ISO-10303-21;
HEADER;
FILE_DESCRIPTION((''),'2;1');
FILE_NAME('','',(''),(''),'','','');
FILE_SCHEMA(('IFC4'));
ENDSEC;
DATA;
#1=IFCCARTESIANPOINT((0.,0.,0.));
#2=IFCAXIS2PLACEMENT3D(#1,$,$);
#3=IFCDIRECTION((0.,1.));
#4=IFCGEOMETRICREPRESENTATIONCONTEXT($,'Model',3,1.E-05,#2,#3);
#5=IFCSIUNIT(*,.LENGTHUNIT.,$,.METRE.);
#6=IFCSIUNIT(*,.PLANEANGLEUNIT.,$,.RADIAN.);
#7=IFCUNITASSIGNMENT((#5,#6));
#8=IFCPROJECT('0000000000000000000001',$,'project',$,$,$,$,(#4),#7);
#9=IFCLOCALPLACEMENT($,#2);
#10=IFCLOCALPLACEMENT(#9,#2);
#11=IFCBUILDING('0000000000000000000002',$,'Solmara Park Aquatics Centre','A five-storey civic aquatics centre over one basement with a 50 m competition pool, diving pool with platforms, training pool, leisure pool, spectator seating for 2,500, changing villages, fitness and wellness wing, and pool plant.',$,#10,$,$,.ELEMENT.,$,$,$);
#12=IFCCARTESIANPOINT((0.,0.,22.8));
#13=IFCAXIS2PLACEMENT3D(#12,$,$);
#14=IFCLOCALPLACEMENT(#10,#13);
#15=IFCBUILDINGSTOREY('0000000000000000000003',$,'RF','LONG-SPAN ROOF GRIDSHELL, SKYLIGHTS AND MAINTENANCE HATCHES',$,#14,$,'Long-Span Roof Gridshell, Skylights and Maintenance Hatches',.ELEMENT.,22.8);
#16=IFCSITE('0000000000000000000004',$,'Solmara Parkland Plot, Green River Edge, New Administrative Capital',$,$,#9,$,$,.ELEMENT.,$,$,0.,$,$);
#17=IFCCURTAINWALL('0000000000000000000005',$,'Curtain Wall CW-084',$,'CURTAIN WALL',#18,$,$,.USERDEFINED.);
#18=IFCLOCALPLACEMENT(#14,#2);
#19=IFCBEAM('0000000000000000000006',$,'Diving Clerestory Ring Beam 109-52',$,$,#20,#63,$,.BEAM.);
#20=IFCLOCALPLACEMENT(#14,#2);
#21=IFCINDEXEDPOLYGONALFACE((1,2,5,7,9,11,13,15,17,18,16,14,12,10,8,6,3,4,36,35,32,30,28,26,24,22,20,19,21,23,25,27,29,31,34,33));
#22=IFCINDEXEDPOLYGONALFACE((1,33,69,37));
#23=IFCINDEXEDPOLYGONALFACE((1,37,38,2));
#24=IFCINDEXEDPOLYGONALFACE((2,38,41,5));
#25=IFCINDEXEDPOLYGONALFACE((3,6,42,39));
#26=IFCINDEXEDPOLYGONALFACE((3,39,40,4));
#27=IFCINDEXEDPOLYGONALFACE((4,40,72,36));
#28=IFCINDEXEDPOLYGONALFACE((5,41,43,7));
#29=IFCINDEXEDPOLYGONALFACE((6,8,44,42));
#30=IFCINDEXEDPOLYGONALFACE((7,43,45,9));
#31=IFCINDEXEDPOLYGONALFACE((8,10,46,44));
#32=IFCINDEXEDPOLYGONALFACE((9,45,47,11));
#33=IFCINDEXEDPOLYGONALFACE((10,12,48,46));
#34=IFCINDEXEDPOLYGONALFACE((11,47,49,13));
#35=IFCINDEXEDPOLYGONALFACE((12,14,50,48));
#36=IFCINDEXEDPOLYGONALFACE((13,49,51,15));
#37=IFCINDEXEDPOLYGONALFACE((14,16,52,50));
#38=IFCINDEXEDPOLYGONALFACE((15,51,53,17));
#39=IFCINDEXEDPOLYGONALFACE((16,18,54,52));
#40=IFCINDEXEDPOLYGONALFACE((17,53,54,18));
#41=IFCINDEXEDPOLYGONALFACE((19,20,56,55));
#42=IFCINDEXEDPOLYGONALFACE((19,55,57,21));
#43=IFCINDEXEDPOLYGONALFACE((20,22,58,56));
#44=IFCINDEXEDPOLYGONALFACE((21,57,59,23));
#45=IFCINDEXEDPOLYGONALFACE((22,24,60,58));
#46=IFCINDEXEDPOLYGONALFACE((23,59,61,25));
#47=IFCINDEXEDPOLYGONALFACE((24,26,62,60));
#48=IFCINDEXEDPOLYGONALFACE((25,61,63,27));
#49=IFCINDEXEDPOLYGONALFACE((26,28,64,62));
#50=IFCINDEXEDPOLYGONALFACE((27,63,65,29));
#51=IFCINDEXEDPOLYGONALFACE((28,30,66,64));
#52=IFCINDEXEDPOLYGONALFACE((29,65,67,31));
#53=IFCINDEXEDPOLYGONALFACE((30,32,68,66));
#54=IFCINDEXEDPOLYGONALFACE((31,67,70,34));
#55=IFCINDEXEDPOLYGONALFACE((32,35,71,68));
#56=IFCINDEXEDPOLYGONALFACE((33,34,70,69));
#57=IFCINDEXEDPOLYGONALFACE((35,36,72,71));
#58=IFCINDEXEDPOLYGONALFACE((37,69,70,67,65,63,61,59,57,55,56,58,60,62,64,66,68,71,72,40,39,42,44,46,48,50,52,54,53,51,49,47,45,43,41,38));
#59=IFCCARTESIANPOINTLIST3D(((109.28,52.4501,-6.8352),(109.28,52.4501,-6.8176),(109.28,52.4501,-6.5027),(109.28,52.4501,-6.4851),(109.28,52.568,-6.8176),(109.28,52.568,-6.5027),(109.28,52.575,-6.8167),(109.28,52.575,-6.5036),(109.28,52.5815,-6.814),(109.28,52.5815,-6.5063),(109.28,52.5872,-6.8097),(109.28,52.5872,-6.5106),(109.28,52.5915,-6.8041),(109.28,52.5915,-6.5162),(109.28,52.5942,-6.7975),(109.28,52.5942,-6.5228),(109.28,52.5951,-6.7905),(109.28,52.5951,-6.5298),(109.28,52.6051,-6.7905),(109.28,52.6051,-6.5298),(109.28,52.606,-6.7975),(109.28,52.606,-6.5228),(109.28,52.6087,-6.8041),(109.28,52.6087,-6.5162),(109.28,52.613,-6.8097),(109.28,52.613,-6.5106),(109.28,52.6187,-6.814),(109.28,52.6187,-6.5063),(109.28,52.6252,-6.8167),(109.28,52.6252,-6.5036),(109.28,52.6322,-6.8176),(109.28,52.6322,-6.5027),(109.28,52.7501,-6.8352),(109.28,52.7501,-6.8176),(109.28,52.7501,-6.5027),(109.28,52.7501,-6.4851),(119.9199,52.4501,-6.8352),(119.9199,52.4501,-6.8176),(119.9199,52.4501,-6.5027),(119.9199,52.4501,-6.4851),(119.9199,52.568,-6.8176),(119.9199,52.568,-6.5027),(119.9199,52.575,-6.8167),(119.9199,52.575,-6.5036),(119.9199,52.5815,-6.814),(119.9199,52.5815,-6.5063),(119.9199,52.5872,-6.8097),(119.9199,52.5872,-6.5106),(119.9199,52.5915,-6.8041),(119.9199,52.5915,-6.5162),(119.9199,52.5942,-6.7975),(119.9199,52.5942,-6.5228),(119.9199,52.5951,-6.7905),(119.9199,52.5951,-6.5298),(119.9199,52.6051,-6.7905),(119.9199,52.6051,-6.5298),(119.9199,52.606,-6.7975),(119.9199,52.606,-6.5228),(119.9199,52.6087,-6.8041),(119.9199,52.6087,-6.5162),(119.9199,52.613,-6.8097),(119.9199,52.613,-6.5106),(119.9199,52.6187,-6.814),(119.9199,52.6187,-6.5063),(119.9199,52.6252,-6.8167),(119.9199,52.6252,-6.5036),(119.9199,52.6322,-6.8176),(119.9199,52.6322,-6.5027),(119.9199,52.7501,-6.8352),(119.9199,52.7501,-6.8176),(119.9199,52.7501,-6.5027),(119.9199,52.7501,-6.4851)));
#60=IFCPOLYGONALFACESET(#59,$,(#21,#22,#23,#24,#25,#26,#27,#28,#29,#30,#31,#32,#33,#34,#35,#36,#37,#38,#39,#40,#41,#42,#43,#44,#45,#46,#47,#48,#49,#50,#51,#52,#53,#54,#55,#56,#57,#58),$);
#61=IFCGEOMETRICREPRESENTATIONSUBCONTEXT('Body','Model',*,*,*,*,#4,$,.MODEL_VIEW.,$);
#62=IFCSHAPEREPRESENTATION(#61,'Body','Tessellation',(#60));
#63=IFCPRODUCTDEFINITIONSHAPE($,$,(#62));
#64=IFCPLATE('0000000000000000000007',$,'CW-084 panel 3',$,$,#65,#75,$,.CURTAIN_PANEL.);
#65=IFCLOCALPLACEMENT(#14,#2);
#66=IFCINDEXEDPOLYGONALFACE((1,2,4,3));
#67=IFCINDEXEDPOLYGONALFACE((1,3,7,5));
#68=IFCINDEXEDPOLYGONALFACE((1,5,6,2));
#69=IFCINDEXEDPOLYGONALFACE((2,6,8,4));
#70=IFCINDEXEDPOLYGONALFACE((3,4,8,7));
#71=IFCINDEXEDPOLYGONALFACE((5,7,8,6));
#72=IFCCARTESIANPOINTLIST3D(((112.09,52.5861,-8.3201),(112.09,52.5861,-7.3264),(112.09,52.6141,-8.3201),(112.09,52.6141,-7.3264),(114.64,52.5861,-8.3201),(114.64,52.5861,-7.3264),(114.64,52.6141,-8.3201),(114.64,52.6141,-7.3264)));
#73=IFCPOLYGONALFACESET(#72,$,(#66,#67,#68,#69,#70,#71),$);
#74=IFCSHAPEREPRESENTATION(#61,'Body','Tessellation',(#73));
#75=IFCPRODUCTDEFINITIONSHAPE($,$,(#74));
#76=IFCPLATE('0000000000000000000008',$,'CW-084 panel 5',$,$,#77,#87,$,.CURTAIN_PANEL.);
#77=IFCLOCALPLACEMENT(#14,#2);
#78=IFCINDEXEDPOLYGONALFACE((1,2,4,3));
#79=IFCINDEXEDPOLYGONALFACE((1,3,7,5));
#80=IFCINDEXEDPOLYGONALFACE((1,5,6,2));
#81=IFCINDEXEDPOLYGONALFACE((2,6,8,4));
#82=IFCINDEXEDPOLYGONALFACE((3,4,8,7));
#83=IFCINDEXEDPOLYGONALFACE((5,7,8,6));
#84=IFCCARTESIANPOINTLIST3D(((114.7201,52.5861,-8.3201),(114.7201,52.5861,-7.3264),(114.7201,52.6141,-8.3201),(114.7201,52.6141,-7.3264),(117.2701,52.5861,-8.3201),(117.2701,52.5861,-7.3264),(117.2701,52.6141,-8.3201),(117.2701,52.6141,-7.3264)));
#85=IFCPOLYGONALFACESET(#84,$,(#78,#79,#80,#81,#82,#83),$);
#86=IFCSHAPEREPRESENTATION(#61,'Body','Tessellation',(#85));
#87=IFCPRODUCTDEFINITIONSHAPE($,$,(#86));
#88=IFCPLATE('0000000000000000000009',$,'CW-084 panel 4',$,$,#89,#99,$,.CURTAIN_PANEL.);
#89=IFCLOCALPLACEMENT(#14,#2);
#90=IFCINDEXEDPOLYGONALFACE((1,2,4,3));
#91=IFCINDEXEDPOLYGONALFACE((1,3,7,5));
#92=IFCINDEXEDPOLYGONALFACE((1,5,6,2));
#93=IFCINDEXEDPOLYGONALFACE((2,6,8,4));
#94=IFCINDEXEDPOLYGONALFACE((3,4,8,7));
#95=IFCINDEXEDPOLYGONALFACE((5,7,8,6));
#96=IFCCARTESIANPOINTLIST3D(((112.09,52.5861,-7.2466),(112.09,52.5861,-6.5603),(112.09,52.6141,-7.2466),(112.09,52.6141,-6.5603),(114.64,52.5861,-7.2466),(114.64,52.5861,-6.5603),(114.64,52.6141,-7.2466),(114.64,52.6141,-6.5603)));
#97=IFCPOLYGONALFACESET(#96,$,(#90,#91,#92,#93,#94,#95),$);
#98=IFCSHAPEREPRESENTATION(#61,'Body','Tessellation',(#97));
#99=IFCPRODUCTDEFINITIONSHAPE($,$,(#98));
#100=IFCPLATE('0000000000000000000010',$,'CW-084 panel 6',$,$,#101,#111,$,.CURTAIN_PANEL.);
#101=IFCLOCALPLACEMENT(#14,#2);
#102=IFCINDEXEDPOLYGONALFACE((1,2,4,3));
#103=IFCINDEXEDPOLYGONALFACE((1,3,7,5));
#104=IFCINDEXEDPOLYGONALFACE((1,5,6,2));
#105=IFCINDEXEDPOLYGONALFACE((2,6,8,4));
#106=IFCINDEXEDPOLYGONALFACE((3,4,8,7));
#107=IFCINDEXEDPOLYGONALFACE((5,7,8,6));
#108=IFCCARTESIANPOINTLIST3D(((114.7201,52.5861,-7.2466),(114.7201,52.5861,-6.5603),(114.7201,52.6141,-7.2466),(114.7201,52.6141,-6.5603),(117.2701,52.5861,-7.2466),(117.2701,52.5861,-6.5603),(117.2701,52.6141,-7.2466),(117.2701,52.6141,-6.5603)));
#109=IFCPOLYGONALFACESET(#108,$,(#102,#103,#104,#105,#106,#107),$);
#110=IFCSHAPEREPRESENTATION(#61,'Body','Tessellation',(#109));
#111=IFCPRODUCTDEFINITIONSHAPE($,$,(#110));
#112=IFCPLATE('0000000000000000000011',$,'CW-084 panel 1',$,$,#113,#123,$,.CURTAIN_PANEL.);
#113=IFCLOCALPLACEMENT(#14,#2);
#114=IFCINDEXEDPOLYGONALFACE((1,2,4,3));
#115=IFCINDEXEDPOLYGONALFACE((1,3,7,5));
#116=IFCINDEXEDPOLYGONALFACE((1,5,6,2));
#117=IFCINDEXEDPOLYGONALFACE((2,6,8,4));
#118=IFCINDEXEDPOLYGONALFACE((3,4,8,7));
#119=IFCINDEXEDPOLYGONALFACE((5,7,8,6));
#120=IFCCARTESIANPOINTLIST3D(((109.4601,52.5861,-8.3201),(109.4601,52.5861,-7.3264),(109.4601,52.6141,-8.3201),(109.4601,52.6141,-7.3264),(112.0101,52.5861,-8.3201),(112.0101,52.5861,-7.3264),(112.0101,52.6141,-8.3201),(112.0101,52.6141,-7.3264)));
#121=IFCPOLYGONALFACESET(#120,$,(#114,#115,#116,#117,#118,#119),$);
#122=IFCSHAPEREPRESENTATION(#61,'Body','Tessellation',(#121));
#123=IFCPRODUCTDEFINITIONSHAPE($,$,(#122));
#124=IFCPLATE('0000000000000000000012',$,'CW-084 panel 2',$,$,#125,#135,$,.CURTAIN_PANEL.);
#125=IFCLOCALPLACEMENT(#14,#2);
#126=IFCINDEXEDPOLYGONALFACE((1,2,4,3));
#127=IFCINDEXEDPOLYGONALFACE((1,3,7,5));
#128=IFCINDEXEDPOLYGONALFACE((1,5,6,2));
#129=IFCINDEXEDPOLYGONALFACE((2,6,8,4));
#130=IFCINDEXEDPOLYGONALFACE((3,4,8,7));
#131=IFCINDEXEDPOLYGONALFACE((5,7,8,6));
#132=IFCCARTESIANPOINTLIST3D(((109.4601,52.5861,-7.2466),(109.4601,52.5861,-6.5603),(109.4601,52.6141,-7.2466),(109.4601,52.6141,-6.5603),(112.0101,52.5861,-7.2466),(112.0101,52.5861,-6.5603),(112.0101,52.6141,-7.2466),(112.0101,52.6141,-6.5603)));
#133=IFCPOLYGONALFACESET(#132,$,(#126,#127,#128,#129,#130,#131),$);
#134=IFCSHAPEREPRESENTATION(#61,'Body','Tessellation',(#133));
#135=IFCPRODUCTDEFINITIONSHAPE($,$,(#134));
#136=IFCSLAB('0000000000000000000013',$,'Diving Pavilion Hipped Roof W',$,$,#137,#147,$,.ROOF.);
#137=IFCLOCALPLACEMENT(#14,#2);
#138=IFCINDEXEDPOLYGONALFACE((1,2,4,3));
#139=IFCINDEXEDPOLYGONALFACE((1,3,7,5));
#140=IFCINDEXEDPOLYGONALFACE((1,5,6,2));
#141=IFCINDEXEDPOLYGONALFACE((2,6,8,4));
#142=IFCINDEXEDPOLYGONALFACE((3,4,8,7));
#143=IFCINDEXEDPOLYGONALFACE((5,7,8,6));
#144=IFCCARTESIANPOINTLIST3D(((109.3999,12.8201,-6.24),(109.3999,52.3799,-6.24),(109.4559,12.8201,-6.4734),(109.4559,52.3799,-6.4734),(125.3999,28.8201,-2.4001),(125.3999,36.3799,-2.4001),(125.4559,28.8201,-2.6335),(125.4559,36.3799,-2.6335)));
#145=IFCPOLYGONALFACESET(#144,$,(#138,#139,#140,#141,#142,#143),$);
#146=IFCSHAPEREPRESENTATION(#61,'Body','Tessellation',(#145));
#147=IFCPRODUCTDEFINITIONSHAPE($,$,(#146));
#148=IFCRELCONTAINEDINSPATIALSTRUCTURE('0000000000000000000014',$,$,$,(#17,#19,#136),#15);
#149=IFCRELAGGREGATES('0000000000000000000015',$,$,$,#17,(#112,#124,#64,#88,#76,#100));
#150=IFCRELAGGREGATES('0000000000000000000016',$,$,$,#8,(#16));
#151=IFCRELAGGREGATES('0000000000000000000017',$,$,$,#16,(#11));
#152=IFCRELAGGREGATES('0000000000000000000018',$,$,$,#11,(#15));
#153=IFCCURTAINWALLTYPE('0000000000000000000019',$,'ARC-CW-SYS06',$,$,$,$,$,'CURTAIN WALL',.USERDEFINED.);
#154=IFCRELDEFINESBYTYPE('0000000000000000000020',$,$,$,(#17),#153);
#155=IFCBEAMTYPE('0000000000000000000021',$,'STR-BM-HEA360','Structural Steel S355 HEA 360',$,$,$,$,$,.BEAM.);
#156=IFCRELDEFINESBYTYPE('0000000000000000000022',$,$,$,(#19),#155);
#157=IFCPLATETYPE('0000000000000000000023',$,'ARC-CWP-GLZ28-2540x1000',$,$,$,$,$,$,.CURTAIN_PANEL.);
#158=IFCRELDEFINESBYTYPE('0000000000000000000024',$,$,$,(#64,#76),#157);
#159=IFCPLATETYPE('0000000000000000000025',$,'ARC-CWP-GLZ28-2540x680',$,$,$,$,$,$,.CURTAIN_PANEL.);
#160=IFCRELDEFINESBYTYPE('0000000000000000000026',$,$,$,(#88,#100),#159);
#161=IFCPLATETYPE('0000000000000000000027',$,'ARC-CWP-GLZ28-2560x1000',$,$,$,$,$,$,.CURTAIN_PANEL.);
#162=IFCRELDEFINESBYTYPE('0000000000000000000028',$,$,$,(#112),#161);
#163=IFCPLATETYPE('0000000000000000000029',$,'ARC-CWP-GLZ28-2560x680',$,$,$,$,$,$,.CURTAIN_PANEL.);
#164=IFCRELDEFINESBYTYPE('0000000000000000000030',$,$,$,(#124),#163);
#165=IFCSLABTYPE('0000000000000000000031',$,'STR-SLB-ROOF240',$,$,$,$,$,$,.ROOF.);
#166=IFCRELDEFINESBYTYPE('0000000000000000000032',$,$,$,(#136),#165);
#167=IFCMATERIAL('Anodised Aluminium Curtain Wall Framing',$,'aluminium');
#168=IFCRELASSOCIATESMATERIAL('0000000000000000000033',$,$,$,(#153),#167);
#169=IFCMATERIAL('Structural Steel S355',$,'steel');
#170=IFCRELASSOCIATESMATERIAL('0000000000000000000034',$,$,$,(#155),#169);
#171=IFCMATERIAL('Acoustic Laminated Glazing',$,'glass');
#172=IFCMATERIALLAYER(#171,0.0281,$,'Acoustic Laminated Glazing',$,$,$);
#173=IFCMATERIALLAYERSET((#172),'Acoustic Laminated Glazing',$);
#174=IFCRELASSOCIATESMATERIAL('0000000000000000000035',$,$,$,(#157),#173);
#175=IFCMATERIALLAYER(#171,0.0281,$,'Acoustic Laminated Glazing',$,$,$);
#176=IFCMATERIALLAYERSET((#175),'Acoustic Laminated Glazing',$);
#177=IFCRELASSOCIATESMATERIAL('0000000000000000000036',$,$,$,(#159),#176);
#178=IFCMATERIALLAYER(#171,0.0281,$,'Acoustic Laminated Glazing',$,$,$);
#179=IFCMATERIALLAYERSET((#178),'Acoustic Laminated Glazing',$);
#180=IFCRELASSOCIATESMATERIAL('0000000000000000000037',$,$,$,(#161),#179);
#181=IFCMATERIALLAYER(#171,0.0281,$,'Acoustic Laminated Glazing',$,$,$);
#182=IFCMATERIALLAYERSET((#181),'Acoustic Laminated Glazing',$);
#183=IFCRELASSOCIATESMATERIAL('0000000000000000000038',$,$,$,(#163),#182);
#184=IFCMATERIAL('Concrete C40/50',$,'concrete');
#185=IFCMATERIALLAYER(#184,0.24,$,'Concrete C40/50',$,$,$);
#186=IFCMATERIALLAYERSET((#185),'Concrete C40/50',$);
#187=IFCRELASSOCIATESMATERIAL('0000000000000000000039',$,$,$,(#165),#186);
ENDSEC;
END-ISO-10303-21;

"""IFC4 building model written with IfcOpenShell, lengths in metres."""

from ifc_helpers import new_model, si_unit, direction, frame, origin, origin_2d, place, context, subcontext, project, spatial, polyline, rectangle, i_section, outline, extrude, material, layer, layer_set, material_profile, profile_set, type_object, element, aggregate, save


model = new_model("IFC4")

# Units and contexts
model_context = context("Model", 3, precision=1e-05, world=origin(), true_north=direction((0.0, 1.0)))
body_context = subcontext(model_context, "Body", "Model", "MODEL_VIEW")
ifc_project = project(units=[si_unit("LENGTHUNIT", "METRE"), si_unit("PLANEANGLEUNIT", "RADIAN")], contexts=[model_context])

# Site, building, storey
site_placement = place(None, origin())
site = spatial("IfcSite", under=ifc_project, at=site_placement, Name="Solmara Parkland Plot, Green River Edge, New Administrative Capital", CompositionType="ELEMENT", RefElevation=0.0)
building_placement = place(site_placement, origin())
building = spatial("IfcBuilding", under=site, at=building_placement, Name="Solmara Park Aquatics Centre", Description="A five-storey civic aquatics centre over one basement with a 50 m competition pool, diving pool with platforms, training pool, leisure pool, spectator seating for 2,500, changing villages, fitness and wellness wing, and pool plant.", CompositionType="ELEMENT")
storey_placement = place(building_placement, frame((0.0, 0.0, 22.8)))
storey = spatial("IfcBuildingStorey", under=building, at=storey_placement, Name="RF", Description="LONG-SPAN ROOF GRIDSHELL, SKYLIGHTS AND MAINTENANCE HATCHES", LongName="Long-Span Roof Gridshell, Skylights and Maintenance Hatches", CompositionType="ELEMENT", Elevation=22.8)

# Curtain wall
ifc_material_1 = material(Name="Anodised Aluminium Curtain Wall Framing", Category="aluminium")
curtain_wall_type = type_object("IfcCurtainWallType", Name="ARC-CW-SYS06", ElementType="CURTAIN WALL", PredefinedType="USERDEFINED", material=ifc_material_1)
curtain_wall_placement = place(storey_placement, origin())
curtain_wall = element("IfcCurtainWall", 1, at=curtain_wall_placement, inside=storey, type_object=curtain_wall_type, Name="Curtain Wall CW-084", ObjectType="CURTAIN WALL", PredefinedType="USERDEFINED")

# Beam
ifc_material_2 = material(Name="Structural Steel S355", Category="steel")
ifc_material_profile_1 = material_profile(ifc_material_2, i_section(OverallWidth=0.3, OverallDepth=0.3501, WebThickness=0.01, FlangeThickness=0.0176, FilletRadius=0.0271, at=origin_2d()), Name="HEA 360")
ifc_profile_set_1 = profile_set([ifc_material_profile_1], Name="Structural Steel S355")
beam_type = type_object("IfcBeamType", Name="STR-BM-HEA360", Description="Structural Steel S355 HEA 360", PredefinedType="BEAM", material=ifc_profile_set_1)
beam_placement = place(storey_placement, frame((109.28, 52.6001, -6.6602), z_axis=(1.0, 0.0, 0.0), x_axis=(0.0, 1.0, 0.0)))
element("IfcBeam", 2, at=beam_placement, inside=storey, type_object=beam_type, Name="Diving Clerestory Ring Beam 109-52", PredefinedType="BEAM", context=body_context, shape_type="SweptSolid", body=[
    extrude(i_section(OverallWidth=0.3, OverallDepth=0.3501, WebThickness=0.01, FlangeThickness=0.0176, FilletRadius=0.0271, at=origin_2d()), origin(), (0.0, 0.0, 1.0), 10.6399),
])

# Plates
ifc_material_3 = material(Name="Acoustic Laminated Glazing", Category="glass")
ifc_layer_1 = layer(ifc_material_3, 0.0281, Name="Acoustic Laminated Glazing")
ifc_layer_set_1 = layer_set([ifc_layer_1], Name="Acoustic Laminated Glazing")
plate_type_1 = type_object("IfcPlateType", Name="ARC-CWP-GLZ28-2540x1000", PredefinedType="CURTAIN_PANEL", material=ifc_layer_set_1)
plate_1_placement = place(storey_placement, frame((113.365, 52.6001, -8.3201), z_axis=(0.0, 0.0, 1.0), x_axis=(1.0, 0.0, 0.0)))
plate_1 = element("IfcPlate", 3, at=plate_1_placement, type_object=plate_type_1, Name="CW-084 panel 3", PredefinedType="CURTAIN_PANEL", context=body_context, shape_type="SweptSolid", body=[
    extrude(rectangle(XDim=2.55, YDim=0.0281, at=origin_2d()), origin(), (0.0, 0.0, 1.0), 0.9937),
])
plate_2_placement = place(storey_placement, frame((115.9951, 52.6001, -8.3201), z_axis=(0.0, 0.0, 1.0), x_axis=(1.0, 0.0, 0.0)))
plate_2 = element("IfcPlate", 4, at=plate_2_placement, type_object=plate_type_1, Name="CW-084 panel 5", PredefinedType="CURTAIN_PANEL", context=body_context, shape_type="SweptSolid", body=[
    extrude(rectangle(XDim=2.55, YDim=0.0281, at=origin_2d()), origin(), (0.0, 0.0, 1.0), 0.9937),
])
ifc_layer_2 = layer(ifc_material_3, 0.0281, Name="Acoustic Laminated Glazing")
ifc_layer_set_2 = layer_set([ifc_layer_2], Name="Acoustic Laminated Glazing")
plate_type_2 = type_object("IfcPlateType", Name="ARC-CWP-GLZ28-2540x680", PredefinedType="CURTAIN_PANEL", material=ifc_layer_set_2)
plate_3_placement = place(storey_placement, frame((113.365, 52.6001, -7.2466), z_axis=(0.0, 0.0, 1.0), x_axis=(1.0, 0.0, 0.0)))
plate_3 = element("IfcPlate", 5, at=plate_3_placement, type_object=plate_type_2, Name="CW-084 panel 4", PredefinedType="CURTAIN_PANEL", context=body_context, shape_type="SweptSolid", body=[
    extrude(rectangle(XDim=2.55, YDim=0.0281, at=origin_2d()), origin(), (0.0, 0.0, 1.0), 0.6863),
])
plate_4_placement = place(storey_placement, frame((115.9951, 52.6001, -7.2466), z_axis=(0.0, 0.0, 1.0), x_axis=(1.0, 0.0, 0.0)))
plate_4 = element("IfcPlate", 6, at=plate_4_placement, type_object=plate_type_2, Name="CW-084 panel 6", PredefinedType="CURTAIN_PANEL", context=body_context, shape_type="SweptSolid", body=[
    extrude(rectangle(XDim=2.55, YDim=0.0281, at=origin_2d()), origin(), (0.0, 0.0, 1.0), 0.6863),
])
ifc_layer_3 = layer(ifc_material_3, 0.0281, Name="Acoustic Laminated Glazing")
ifc_layer_set_3 = layer_set([ifc_layer_3], Name="Acoustic Laminated Glazing")
plate_type_3 = type_object("IfcPlateType", Name="ARC-CWP-GLZ28-2560x1000", PredefinedType="CURTAIN_PANEL", material=ifc_layer_set_3)
plate_5_placement = place(storey_placement, frame((110.7351, 52.6001, -8.3201), z_axis=(0.0, 0.0, 1.0), x_axis=(1.0, 0.0, 0.0)))
plate_5 = element("IfcPlate", 7, at=plate_5_placement, type_object=plate_type_3, Name="CW-084 panel 1", PredefinedType="CURTAIN_PANEL", context=body_context, shape_type="SweptSolid", body=[
    extrude(rectangle(XDim=2.55, YDim=0.0281, at=origin_2d()), origin(), (0.0, 0.0, 1.0), 0.9937),
])
ifc_layer_4 = layer(ifc_material_3, 0.0281, Name="Acoustic Laminated Glazing")
ifc_layer_set_4 = layer_set([ifc_layer_4], Name="Acoustic Laminated Glazing")
plate_type_4 = type_object("IfcPlateType", Name="ARC-CWP-GLZ28-2560x680", PredefinedType="CURTAIN_PANEL", material=ifc_layer_set_4)
plate_6_placement = place(storey_placement, frame((110.7351, 52.6001, -7.2466), z_axis=(0.0, 0.0, 1.0), x_axis=(1.0, 0.0, 0.0)))
plate_6 = element("IfcPlate", 8, at=plate_6_placement, type_object=plate_type_4, Name="CW-084 panel 2", PredefinedType="CURTAIN_PANEL", context=body_context, shape_type="SweptSolid", body=[
    extrude(rectangle(XDim=2.55, YDim=0.0281, at=origin_2d()), origin(), (0.0, 0.0, 1.0), 0.6863),
])
aggregate(curtain_wall, [plate_5, plate_6, plate_1, plate_3, plate_2, plate_4])

# Slab
ifc_material_4 = material(Name="Concrete C40/50", Category="concrete")
ifc_layer_5 = layer(ifc_material_4, 0.24, Name="Concrete C40/50")
ifc_layer_set_5 = layer_set([ifc_layer_5], Name="Concrete C40/50")
slab_type = type_object("IfcSlabType", Name="STR-SLB-ROOF240", PredefinedType="ROOF", material=ifc_layer_set_5)
slab_placement = place(storey_placement, frame((109.3999, 52.3799, -6.24), z_axis=(-0.233364, 0.0, 0.972389), x_axis=(0.0, -1.0, 0.0)))
element("IfcSlab", 9, at=slab_placement, inside=storey, type_object=slab_type, Name="Diving Pavilion Hipped Roof W", PredefinedType="ROOF", context=body_context, shape_type="SweptSolid", body=[
    extrude(outline(polyline([(0.0, 0.0), (39.5598, 0.0), (23.5598, 16.4543), (16.0, 16.4543), (0.0, 0.0)])), origin(), (0.0, 0.0, -1.0), 0.24),
])

save(model, "model.ifc")
